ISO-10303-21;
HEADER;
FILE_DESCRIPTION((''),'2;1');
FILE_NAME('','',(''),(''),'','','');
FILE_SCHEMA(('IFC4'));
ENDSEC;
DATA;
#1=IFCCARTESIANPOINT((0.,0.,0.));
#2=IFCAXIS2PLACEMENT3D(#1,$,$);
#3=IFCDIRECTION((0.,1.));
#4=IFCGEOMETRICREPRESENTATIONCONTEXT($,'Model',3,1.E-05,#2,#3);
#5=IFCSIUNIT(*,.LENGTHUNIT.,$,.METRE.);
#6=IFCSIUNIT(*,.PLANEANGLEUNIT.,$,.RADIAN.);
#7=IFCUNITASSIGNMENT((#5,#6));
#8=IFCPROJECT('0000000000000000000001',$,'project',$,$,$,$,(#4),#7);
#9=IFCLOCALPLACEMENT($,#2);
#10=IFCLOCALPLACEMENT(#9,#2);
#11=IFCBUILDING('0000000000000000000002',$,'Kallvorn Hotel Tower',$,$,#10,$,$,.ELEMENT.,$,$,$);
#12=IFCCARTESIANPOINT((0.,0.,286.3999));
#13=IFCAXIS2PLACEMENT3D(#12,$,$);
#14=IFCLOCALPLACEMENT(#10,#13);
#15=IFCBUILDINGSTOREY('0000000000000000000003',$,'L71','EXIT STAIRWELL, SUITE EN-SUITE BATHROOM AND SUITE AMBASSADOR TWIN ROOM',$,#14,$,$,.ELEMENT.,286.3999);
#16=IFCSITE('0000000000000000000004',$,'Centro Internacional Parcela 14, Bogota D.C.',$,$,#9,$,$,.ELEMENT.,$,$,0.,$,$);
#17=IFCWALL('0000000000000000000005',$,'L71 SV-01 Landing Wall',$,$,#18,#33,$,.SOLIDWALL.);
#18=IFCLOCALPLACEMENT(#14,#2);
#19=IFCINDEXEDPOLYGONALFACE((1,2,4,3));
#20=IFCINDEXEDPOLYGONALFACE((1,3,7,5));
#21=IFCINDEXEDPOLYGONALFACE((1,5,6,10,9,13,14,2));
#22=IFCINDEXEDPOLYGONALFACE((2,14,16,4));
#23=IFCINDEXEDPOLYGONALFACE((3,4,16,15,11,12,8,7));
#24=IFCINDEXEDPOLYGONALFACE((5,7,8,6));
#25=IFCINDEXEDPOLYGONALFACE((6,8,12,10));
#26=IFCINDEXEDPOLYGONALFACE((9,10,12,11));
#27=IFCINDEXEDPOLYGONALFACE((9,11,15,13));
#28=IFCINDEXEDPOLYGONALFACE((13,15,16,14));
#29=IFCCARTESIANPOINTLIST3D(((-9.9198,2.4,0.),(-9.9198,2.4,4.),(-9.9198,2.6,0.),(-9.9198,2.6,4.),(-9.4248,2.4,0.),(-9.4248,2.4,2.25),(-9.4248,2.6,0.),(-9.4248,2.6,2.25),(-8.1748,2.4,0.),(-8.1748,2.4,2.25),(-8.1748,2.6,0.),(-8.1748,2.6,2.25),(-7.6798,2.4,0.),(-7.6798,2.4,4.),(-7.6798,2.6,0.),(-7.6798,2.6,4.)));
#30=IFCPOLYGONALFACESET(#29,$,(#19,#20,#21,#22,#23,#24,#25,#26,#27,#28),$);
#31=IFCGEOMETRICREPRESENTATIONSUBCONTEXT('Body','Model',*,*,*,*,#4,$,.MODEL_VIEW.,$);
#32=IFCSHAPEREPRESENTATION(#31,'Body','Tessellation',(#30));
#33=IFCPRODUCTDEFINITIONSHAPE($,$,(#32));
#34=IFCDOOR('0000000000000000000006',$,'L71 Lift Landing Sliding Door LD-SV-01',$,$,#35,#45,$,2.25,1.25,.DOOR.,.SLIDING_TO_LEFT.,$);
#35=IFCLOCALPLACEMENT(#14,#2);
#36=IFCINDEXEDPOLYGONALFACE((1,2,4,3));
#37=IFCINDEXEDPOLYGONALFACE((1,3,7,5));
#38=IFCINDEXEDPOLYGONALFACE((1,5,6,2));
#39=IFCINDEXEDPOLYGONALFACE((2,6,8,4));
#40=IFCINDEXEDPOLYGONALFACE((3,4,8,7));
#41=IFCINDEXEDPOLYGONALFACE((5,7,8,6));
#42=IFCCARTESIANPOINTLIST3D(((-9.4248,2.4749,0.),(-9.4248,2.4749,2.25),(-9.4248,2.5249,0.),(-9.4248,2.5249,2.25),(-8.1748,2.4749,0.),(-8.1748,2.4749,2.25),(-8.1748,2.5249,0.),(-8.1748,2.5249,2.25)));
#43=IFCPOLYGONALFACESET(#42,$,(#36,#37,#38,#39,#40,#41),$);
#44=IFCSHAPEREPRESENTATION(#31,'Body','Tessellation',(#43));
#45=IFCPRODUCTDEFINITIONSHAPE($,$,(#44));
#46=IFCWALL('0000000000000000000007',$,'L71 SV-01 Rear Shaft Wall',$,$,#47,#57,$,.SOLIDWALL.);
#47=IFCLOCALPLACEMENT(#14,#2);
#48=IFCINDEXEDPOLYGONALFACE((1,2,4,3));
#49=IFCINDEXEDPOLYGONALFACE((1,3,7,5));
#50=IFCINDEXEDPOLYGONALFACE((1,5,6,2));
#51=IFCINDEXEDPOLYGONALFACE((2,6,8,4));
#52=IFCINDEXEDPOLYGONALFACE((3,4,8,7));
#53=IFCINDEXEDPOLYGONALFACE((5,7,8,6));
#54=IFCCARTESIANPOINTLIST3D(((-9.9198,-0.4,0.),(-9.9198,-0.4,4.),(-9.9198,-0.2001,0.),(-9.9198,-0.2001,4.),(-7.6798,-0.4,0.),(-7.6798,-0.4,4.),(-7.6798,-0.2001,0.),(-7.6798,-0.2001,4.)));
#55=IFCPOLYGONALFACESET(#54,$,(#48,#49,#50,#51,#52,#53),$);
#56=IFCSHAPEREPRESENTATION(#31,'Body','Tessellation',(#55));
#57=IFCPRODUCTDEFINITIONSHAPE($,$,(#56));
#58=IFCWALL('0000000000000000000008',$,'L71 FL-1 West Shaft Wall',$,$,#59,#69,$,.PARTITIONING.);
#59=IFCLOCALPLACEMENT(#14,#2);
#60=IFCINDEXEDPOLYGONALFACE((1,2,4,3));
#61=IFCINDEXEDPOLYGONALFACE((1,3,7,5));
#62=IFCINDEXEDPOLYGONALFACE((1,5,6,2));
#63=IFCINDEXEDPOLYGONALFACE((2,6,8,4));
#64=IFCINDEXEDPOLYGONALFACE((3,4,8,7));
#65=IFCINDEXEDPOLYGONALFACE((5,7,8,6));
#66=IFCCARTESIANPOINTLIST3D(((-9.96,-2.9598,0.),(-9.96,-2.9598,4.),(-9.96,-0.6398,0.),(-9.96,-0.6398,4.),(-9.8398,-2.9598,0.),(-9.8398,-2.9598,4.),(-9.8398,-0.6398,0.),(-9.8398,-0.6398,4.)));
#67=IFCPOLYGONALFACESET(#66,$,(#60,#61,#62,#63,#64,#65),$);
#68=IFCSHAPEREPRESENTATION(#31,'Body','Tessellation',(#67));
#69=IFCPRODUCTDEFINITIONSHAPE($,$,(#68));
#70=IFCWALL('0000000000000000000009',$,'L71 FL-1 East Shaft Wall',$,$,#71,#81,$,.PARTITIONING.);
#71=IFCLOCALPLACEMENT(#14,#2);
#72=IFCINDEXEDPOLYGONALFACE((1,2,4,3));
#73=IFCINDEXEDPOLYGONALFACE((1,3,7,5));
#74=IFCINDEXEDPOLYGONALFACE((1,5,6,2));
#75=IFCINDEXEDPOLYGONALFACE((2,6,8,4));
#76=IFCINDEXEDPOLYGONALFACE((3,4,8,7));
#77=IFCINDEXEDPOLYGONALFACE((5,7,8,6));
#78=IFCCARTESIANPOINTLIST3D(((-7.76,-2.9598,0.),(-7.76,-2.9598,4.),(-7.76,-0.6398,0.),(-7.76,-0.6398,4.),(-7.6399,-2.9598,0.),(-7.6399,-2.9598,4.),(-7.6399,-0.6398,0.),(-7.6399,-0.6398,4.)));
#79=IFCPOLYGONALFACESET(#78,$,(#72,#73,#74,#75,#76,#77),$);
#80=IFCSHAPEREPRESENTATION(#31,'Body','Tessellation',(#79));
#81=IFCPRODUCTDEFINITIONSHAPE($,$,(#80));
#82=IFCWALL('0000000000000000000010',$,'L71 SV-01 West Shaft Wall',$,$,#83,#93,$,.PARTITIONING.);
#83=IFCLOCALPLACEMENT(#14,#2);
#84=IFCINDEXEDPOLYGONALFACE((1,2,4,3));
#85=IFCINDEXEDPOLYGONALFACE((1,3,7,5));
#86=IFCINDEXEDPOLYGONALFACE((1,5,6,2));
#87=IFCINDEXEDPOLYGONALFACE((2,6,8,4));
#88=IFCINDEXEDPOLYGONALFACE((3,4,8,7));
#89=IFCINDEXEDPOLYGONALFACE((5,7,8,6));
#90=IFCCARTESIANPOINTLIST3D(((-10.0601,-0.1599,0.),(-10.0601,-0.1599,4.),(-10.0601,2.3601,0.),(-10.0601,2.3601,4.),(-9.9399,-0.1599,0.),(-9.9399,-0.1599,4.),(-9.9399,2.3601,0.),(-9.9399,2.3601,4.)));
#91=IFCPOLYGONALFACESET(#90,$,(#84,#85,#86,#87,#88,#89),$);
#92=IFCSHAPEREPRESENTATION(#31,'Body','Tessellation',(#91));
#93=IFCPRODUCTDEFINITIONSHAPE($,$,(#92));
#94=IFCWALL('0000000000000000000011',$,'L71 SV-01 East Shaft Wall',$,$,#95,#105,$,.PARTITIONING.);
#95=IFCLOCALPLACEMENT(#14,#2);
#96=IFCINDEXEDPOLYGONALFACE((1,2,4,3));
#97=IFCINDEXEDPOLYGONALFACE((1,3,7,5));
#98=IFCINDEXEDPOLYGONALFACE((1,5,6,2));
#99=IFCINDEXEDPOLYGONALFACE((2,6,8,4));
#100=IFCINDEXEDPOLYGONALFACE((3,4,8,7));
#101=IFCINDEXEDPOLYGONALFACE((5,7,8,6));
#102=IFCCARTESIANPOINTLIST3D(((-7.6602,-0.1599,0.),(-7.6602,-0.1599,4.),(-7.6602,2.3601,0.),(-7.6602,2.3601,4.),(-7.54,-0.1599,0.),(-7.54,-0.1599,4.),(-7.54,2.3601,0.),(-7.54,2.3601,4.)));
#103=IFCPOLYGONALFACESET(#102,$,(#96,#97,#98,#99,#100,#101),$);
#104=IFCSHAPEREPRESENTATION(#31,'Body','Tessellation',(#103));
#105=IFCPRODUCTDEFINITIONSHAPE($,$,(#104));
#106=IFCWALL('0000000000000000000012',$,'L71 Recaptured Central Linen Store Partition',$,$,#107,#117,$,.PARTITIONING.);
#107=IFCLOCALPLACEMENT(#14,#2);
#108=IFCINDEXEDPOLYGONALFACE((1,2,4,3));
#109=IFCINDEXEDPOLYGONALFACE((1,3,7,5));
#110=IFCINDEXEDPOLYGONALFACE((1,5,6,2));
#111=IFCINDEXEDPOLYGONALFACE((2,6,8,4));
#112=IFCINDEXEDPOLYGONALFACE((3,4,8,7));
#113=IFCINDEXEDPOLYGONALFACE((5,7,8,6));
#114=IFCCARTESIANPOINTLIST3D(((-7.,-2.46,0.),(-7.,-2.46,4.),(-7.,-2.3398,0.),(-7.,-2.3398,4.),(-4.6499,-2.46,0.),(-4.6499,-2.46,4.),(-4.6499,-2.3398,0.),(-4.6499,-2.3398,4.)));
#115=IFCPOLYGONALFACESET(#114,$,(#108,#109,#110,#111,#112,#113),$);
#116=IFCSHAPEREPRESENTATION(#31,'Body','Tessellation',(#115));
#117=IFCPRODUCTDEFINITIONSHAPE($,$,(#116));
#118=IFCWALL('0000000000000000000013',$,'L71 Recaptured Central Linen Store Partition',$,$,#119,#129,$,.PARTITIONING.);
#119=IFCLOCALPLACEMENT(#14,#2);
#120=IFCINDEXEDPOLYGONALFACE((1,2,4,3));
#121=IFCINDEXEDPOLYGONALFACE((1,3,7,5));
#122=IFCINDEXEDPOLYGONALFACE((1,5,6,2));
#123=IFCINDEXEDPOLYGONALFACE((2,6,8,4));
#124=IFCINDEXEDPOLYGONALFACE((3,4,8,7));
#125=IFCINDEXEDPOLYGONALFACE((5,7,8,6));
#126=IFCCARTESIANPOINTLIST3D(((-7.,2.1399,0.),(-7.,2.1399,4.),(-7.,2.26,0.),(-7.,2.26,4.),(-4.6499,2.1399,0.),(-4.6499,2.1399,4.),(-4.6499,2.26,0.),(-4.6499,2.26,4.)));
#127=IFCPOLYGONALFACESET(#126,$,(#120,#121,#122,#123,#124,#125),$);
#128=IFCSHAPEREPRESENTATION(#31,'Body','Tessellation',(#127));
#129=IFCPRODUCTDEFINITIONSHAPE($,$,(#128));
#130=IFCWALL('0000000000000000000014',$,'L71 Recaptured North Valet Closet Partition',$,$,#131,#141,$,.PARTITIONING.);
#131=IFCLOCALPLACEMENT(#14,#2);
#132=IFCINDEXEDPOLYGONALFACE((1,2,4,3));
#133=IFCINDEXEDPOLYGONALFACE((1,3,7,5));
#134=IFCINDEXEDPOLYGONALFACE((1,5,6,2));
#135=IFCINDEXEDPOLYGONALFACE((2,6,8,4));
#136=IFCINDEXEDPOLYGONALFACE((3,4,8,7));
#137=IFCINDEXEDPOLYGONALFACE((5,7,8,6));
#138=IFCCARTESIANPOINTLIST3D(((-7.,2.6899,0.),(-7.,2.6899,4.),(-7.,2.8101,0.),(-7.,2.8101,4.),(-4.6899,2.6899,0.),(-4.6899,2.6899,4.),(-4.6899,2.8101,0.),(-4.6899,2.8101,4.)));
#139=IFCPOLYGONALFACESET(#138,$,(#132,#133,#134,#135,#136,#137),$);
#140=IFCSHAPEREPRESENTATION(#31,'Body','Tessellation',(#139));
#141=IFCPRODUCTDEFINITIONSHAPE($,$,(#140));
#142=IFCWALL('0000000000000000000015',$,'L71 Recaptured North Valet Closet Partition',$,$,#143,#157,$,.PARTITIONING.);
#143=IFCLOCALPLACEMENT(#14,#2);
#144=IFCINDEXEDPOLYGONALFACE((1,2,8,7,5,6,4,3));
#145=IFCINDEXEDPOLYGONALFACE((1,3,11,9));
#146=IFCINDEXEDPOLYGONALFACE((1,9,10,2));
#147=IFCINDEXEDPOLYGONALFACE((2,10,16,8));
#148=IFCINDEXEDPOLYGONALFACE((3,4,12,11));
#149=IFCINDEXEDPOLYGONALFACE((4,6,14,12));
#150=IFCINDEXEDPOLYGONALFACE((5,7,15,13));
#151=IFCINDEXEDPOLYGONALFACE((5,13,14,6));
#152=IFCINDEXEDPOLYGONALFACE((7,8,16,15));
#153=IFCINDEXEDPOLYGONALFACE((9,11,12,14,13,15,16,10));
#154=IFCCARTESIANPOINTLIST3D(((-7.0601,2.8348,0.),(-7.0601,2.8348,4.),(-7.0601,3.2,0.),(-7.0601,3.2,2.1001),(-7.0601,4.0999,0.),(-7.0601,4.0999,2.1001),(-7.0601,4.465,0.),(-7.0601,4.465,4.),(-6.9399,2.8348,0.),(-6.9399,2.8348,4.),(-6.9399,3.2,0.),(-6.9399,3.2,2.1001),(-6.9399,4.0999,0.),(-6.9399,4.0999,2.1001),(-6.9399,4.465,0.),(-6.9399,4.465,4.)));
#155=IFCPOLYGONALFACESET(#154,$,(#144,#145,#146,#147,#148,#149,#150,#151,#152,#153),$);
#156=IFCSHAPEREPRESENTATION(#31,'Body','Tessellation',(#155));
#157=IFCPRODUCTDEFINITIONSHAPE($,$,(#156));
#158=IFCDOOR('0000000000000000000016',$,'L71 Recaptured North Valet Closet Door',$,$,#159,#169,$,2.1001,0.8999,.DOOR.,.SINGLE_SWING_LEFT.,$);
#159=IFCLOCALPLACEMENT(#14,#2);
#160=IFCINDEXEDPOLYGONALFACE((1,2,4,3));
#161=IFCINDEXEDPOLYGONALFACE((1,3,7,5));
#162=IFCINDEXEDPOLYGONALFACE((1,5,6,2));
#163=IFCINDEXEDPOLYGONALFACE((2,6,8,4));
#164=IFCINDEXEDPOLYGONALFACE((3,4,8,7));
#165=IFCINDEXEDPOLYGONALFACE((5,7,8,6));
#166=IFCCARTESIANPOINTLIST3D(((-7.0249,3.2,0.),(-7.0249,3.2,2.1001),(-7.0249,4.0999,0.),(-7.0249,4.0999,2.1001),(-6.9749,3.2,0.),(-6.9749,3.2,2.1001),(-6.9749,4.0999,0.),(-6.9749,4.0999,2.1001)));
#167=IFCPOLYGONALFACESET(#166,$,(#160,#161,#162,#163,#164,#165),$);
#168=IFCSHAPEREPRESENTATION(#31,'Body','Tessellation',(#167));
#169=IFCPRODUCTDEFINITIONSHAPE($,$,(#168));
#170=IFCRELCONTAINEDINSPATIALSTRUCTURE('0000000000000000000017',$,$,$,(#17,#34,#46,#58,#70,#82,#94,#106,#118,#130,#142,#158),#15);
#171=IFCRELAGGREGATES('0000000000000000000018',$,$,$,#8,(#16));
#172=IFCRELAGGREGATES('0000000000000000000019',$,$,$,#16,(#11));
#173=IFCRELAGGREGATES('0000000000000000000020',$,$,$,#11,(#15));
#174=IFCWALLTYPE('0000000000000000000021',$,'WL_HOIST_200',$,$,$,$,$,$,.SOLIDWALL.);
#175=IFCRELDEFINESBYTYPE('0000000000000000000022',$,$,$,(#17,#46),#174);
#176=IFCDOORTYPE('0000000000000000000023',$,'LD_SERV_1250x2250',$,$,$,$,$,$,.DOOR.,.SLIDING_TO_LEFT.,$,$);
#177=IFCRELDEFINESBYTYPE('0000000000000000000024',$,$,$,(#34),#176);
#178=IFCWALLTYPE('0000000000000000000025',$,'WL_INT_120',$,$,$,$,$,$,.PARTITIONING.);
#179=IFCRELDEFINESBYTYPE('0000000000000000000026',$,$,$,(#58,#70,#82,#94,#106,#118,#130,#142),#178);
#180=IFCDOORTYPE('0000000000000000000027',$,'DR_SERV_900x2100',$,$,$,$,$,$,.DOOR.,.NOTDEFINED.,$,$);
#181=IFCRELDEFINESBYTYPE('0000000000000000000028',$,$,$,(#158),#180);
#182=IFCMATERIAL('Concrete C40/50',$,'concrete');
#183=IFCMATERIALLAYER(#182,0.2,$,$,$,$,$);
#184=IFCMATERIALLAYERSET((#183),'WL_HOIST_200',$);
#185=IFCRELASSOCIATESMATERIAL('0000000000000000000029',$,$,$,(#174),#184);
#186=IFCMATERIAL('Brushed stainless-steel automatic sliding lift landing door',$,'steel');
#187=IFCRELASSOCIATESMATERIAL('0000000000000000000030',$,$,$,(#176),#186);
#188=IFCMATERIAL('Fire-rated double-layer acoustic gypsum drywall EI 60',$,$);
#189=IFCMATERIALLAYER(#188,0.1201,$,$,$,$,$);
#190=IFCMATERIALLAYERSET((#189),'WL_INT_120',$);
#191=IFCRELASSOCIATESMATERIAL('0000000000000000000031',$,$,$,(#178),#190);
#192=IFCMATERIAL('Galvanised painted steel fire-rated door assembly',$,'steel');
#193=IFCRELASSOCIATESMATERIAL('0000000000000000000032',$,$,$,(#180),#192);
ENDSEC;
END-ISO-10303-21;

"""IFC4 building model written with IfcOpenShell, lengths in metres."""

from ifc_helpers import new_model, si_unit, direction, frame, frame_2d, origin, place, context, subcontext, project, spatial, rectangle, extrude, material, layer, layer_set, type_object, element, fill, save


model = new_model("IFC4")

# Units and contexts
model_context = context("Model", 3, precision=1e-05, world=origin(), true_north=direction((0.0, 1.0)))
body_context = subcontext(model_context, "Body", "Model", "MODEL_VIEW")
ifc_project = project(units=[si_unit("LENGTHUNIT", "METRE"), si_unit("PLANEANGLEUNIT", "RADIAN")], contexts=[model_context])

# Site, building, storey
site_placement = place(None, origin())
site = spatial("IfcSite", under=ifc_project, at=site_placement, Name="Centro Internacional Parcela 14, Bogota D.C.", CompositionType="ELEMENT", RefElevation=0.0)
building_placement = place(site_placement, origin())
building = spatial("IfcBuilding", under=site, at=building_placement, Name="Kallvorn Hotel Tower", CompositionType="ELEMENT")
storey_placement = place(building_placement, frame((0.0, 0.0, 286.3999)))
storey = spatial("IfcBuildingStorey", under=building, at=storey_placement, Name="L71", Description="EXIT STAIRWELL, SUITE EN-SUITE BATHROOM AND SUITE AMBASSADOR TWIN ROOM", CompositionType="ELEMENT", Elevation=286.3999)

# Shared definitions
ifc_material_1 = material(Name="Concrete C40/50", Category="concrete")
ifc_layer_1 = layer(ifc_material_1, 0.2)
ifc_layer_set_1 = layer_set([ifc_layer_1], Name="WL_HOIST_200")
wall_type_1 = type_object("IfcWallType", Name="WL_HOIST_200", PredefinedType="SOLIDWALL", material=ifc_layer_set_1)

# Wall, opening, door
wall_1_placement = place(storey_placement, frame((-9.9199, 2.5, 0.0), z_axis=(0.0, 0.0, 1.0), x_axis=(1.0, 0.0, 0.0)))
wall_1 = element("IfcWall", 1, at=wall_1_placement, inside=storey, type_object=wall_type_1, Name="L71 SV-01 Landing Wall", PredefinedType="SOLIDWALL", context=body_context, shape_type="SweptSolid", body=[
    extrude(rectangle(XDim=2.24, YDim=0.2, at=frame_2d((1.1201, 0.0))), origin(), (0.0, 0.0, 1.0), 4.0),
])
opening_1_placement = place(wall_1_placement, frame((0.4951, 0.0, 0.0)))
opening_1 = element("IfcOpeningElement", 2, at=opening_1_placement, cuts=wall_1, PredefinedType="OPENING", context=body_context, shape_type="SweptSolid", body=[
    extrude(rectangle(XDim=1.25, YDim=2.25, at=frame_2d((0.625, 1.125))), frame((0.0, 0.115, 0.0), z_axis=(0.0, -1.0, 0.0), x_axis=(1.0, 0.0, 0.0)), (0.0, 0.0, 1.0), 0.23),
])
ifc_material_2 = material(Name="Brushed stainless-steel automatic sliding lift landing door", Category="steel")
door_type_1 = type_object("IfcDoorType", Name="LD_SERV_1250x2250", OperationType="SLIDING_TO_LEFT", PredefinedType="DOOR", material=ifc_material_2)
door_1_placement = place(opening_1_placement, origin())
door_1 = element("IfcDoor", 3, at=door_1_placement, inside=storey, type_object=door_type_1, Name="L71 Lift Landing Sliding Door LD-SV-01", OperationType="SLIDING_TO_LEFT", OverallHeight=2.25, OverallWidth=1.25, PredefinedType="DOOR", context=body_context, shape_type="SweptSolid", body=[
    extrude(rectangle(XDim=1.25, YDim=2.25, at=frame_2d((0.625, 1.125))), frame((0.0, 0.0249, 0.0), z_axis=(0.0, -1.0, 0.0), x_axis=(1.0, 0.0, 0.0)), (0.0, 0.0, 1.0), 0.05),
])
fill(opening_1, door_1)

# Walls
wall_2_placement = place(storey_placement, frame((-9.9199, -0.3, 0.0), z_axis=(0.0, 0.0, 1.0), x_axis=(1.0, 0.0, 0.0)))
element("IfcWall", 4, at=wall_2_placement, inside=storey, type_object=wall_type_1, Name="L71 SV-01 Rear Shaft Wall", PredefinedType="SOLIDWALL", context=body_context, shape_type="SweptSolid", body=[
    extrude(rectangle(XDim=2.24, YDim=0.2, at=frame_2d((1.1201, 0.0))), origin(), (0.0, 0.0, 1.0), 4.0),
])
ifc_material_3 = material(Name="Fire-rated double-layer acoustic gypsum drywall EI 60")
ifc_layer_2 = layer(ifc_material_3, 0.1201)
ifc_layer_set_2 = layer_set([ifc_layer_2], Name="WL_INT_120")
wall_type_2 = type_object("IfcWallType", Name="WL_INT_120", PredefinedType="PARTITIONING", material=ifc_layer_set_2)
for number, where, z_axis, x_axis, name in (
    (5, (-9.8999, -2.96, 0.0), (0.0, 0.0, 1.0), (0.0, 1.0, 0.0), "L71 FL-1 West Shaft Wall"),
    (6, (-7.7, -2.96, 0.0), (0.0, 0.0, 1.0), (0.0, 1.0, 0.0), "L71 FL-1 East Shaft Wall"),
):
    element("IfcWall", number, at=place(storey_placement, frame(where, z_axis=z_axis, x_axis=x_axis)), inside=storey, type_object=wall_type_2, Name=name, PredefinedType="PARTITIONING", context=body_context, shape_type="SweptSolid", body=[
        extrude(rectangle(XDim=2.3201, YDim=0.1201, at=frame_2d((1.1602, 0.0))), origin(), (0.0, 0.0, 1.0), 4.0),
    ])
for number, where, z_axis, x_axis, name in (
    (7, (-10.0, -0.1599, 0.0), (0.0, 0.0, 1.0), (0.0, 1.0, 0.0), "L71 SV-01 West Shaft Wall"),
    (8, (-7.6001, -0.1599, 0.0), (0.0, 0.0, 1.0), (0.0, 1.0, 0.0), "L71 SV-01 East Shaft Wall"),
):
    element("IfcWall", number, at=place(storey_placement, frame(where, z_axis=z_axis, x_axis=x_axis)), inside=storey, type_object=wall_type_2, Name=name, PredefinedType="PARTITIONING", context=body_context, shape_type="SweptSolid", body=[
        extrude(rectangle(XDim=2.52, YDim=0.1201, at=frame_2d((1.26, 0.0))), origin(), (0.0, 0.0, 1.0), 4.0),
    ])
for number, where, z_axis, x_axis, name in (
    (9, (-7.0, -2.3999, 0.0), (0.0, 0.0, 1.0), (1.0, 0.0, 0.0), "L71 Recaptured Central Linen Store Partition"),
    (10, (-7.0, 2.2, 0.0), (0.0, 0.0, 1.0), (1.0, 0.0, 0.0), "L71 Recaptured Central Linen Store Partition"),
):
    element("IfcWall", number, at=place(storey_placement, frame(where, z_axis=z_axis, x_axis=x_axis)), inside=storey, type_object=wall_type_2, Name=name, PredefinedType="PARTITIONING", context=body_context, shape_type="SweptSolid", body=[
        extrude(rectangle(XDim=2.3501, YDim=0.1201, at=frame_2d((1.175, 0.0))), origin(), (0.0, 0.0, 1.0), 4.0),
    ])
wall_3_placement = place(storey_placement, frame((-7.0, 2.75, 0.0), z_axis=(0.0, 0.0, 1.0), x_axis=(1.0, 0.0, 0.0)))
element("IfcWall", 11, at=wall_3_placement, inside=storey, type_object=wall_type_2, Name="L71 Recaptured North Valet Closet Partition", PredefinedType="PARTITIONING", context=body_context, shape_type="SweptSolid", body=[
    extrude(rectangle(XDim=2.3101, YDim=0.1201, at=frame_2d((1.155, 0.0))), origin(), (0.0, 0.0, 1.0), 4.0),
])

# Wall, opening, door
wall_4_placement = place(storey_placement, frame((-7.0, 2.835, 0.0), z_axis=(0.0, 0.0, 1.0), x_axis=(0.0, 1.0, 0.0)))
wall_4 = element("IfcWall", 12, at=wall_4_placement, inside=storey, type_object=wall_type_2, Name="L71 Recaptured North Valet Closet Partition", PredefinedType="PARTITIONING", context=body_context, shape_type="SweptSolid", body=[
    extrude(rectangle(XDim=1.6301, YDim=0.1201, at=frame_2d((0.8149, 0.0))), origin(), (0.0, 0.0, 1.0), 4.0),
])
opening_2_placement = place(wall_4_placement, frame((0.365, 0.0, 0.0)))
opening_2 = element("IfcOpeningElement", 13, at=opening_2_placement, cuts=wall_4, PredefinedType="OPENING", context=body_context, shape_type="SweptSolid", body=[
    extrude(rectangle(XDim=0.8999, YDim=2.1001, at=frame_2d((0.45, 1.05))), frame((0.0, 0.075, 0.0), z_axis=(0.0, -1.0, 0.0), x_axis=(1.0, 0.0, 0.0)), (0.0, 0.0, 1.0), 0.1501),
])
ifc_material_4 = material(Name="Galvanised painted steel fire-rated door assembly", Category="steel")
door_type_2 = type_object("IfcDoorType", Name="DR_SERV_900x2100", OperationType="NOTDEFINED", PredefinedType="DOOR", material=ifc_material_4)
door_2_placement = place(opening_2_placement, origin())
door_2 = element("IfcDoor", 14, at=door_2_placement, inside=storey, type_object=door_type_2, Name="L71 Recaptured North Valet Closet Door", OperationType="SINGLE_SWING_LEFT", OverallHeight=2.1001, OverallWidth=0.8999, PredefinedType="DOOR", context=body_context, shape_type="SweptSolid", body=[
    extrude(rectangle(XDim=0.8999, YDim=2.1001, at=frame_2d((0.45, 1.05))), frame((0.0, 0.0249, 0.0), z_axis=(0.0, -1.0, 0.0), x_axis=(1.0, 0.0, 0.0)), (0.0, 0.0, 1.0), 0.05),
])
fill(opening_2, door_2)

save(model, "model.ifc")
